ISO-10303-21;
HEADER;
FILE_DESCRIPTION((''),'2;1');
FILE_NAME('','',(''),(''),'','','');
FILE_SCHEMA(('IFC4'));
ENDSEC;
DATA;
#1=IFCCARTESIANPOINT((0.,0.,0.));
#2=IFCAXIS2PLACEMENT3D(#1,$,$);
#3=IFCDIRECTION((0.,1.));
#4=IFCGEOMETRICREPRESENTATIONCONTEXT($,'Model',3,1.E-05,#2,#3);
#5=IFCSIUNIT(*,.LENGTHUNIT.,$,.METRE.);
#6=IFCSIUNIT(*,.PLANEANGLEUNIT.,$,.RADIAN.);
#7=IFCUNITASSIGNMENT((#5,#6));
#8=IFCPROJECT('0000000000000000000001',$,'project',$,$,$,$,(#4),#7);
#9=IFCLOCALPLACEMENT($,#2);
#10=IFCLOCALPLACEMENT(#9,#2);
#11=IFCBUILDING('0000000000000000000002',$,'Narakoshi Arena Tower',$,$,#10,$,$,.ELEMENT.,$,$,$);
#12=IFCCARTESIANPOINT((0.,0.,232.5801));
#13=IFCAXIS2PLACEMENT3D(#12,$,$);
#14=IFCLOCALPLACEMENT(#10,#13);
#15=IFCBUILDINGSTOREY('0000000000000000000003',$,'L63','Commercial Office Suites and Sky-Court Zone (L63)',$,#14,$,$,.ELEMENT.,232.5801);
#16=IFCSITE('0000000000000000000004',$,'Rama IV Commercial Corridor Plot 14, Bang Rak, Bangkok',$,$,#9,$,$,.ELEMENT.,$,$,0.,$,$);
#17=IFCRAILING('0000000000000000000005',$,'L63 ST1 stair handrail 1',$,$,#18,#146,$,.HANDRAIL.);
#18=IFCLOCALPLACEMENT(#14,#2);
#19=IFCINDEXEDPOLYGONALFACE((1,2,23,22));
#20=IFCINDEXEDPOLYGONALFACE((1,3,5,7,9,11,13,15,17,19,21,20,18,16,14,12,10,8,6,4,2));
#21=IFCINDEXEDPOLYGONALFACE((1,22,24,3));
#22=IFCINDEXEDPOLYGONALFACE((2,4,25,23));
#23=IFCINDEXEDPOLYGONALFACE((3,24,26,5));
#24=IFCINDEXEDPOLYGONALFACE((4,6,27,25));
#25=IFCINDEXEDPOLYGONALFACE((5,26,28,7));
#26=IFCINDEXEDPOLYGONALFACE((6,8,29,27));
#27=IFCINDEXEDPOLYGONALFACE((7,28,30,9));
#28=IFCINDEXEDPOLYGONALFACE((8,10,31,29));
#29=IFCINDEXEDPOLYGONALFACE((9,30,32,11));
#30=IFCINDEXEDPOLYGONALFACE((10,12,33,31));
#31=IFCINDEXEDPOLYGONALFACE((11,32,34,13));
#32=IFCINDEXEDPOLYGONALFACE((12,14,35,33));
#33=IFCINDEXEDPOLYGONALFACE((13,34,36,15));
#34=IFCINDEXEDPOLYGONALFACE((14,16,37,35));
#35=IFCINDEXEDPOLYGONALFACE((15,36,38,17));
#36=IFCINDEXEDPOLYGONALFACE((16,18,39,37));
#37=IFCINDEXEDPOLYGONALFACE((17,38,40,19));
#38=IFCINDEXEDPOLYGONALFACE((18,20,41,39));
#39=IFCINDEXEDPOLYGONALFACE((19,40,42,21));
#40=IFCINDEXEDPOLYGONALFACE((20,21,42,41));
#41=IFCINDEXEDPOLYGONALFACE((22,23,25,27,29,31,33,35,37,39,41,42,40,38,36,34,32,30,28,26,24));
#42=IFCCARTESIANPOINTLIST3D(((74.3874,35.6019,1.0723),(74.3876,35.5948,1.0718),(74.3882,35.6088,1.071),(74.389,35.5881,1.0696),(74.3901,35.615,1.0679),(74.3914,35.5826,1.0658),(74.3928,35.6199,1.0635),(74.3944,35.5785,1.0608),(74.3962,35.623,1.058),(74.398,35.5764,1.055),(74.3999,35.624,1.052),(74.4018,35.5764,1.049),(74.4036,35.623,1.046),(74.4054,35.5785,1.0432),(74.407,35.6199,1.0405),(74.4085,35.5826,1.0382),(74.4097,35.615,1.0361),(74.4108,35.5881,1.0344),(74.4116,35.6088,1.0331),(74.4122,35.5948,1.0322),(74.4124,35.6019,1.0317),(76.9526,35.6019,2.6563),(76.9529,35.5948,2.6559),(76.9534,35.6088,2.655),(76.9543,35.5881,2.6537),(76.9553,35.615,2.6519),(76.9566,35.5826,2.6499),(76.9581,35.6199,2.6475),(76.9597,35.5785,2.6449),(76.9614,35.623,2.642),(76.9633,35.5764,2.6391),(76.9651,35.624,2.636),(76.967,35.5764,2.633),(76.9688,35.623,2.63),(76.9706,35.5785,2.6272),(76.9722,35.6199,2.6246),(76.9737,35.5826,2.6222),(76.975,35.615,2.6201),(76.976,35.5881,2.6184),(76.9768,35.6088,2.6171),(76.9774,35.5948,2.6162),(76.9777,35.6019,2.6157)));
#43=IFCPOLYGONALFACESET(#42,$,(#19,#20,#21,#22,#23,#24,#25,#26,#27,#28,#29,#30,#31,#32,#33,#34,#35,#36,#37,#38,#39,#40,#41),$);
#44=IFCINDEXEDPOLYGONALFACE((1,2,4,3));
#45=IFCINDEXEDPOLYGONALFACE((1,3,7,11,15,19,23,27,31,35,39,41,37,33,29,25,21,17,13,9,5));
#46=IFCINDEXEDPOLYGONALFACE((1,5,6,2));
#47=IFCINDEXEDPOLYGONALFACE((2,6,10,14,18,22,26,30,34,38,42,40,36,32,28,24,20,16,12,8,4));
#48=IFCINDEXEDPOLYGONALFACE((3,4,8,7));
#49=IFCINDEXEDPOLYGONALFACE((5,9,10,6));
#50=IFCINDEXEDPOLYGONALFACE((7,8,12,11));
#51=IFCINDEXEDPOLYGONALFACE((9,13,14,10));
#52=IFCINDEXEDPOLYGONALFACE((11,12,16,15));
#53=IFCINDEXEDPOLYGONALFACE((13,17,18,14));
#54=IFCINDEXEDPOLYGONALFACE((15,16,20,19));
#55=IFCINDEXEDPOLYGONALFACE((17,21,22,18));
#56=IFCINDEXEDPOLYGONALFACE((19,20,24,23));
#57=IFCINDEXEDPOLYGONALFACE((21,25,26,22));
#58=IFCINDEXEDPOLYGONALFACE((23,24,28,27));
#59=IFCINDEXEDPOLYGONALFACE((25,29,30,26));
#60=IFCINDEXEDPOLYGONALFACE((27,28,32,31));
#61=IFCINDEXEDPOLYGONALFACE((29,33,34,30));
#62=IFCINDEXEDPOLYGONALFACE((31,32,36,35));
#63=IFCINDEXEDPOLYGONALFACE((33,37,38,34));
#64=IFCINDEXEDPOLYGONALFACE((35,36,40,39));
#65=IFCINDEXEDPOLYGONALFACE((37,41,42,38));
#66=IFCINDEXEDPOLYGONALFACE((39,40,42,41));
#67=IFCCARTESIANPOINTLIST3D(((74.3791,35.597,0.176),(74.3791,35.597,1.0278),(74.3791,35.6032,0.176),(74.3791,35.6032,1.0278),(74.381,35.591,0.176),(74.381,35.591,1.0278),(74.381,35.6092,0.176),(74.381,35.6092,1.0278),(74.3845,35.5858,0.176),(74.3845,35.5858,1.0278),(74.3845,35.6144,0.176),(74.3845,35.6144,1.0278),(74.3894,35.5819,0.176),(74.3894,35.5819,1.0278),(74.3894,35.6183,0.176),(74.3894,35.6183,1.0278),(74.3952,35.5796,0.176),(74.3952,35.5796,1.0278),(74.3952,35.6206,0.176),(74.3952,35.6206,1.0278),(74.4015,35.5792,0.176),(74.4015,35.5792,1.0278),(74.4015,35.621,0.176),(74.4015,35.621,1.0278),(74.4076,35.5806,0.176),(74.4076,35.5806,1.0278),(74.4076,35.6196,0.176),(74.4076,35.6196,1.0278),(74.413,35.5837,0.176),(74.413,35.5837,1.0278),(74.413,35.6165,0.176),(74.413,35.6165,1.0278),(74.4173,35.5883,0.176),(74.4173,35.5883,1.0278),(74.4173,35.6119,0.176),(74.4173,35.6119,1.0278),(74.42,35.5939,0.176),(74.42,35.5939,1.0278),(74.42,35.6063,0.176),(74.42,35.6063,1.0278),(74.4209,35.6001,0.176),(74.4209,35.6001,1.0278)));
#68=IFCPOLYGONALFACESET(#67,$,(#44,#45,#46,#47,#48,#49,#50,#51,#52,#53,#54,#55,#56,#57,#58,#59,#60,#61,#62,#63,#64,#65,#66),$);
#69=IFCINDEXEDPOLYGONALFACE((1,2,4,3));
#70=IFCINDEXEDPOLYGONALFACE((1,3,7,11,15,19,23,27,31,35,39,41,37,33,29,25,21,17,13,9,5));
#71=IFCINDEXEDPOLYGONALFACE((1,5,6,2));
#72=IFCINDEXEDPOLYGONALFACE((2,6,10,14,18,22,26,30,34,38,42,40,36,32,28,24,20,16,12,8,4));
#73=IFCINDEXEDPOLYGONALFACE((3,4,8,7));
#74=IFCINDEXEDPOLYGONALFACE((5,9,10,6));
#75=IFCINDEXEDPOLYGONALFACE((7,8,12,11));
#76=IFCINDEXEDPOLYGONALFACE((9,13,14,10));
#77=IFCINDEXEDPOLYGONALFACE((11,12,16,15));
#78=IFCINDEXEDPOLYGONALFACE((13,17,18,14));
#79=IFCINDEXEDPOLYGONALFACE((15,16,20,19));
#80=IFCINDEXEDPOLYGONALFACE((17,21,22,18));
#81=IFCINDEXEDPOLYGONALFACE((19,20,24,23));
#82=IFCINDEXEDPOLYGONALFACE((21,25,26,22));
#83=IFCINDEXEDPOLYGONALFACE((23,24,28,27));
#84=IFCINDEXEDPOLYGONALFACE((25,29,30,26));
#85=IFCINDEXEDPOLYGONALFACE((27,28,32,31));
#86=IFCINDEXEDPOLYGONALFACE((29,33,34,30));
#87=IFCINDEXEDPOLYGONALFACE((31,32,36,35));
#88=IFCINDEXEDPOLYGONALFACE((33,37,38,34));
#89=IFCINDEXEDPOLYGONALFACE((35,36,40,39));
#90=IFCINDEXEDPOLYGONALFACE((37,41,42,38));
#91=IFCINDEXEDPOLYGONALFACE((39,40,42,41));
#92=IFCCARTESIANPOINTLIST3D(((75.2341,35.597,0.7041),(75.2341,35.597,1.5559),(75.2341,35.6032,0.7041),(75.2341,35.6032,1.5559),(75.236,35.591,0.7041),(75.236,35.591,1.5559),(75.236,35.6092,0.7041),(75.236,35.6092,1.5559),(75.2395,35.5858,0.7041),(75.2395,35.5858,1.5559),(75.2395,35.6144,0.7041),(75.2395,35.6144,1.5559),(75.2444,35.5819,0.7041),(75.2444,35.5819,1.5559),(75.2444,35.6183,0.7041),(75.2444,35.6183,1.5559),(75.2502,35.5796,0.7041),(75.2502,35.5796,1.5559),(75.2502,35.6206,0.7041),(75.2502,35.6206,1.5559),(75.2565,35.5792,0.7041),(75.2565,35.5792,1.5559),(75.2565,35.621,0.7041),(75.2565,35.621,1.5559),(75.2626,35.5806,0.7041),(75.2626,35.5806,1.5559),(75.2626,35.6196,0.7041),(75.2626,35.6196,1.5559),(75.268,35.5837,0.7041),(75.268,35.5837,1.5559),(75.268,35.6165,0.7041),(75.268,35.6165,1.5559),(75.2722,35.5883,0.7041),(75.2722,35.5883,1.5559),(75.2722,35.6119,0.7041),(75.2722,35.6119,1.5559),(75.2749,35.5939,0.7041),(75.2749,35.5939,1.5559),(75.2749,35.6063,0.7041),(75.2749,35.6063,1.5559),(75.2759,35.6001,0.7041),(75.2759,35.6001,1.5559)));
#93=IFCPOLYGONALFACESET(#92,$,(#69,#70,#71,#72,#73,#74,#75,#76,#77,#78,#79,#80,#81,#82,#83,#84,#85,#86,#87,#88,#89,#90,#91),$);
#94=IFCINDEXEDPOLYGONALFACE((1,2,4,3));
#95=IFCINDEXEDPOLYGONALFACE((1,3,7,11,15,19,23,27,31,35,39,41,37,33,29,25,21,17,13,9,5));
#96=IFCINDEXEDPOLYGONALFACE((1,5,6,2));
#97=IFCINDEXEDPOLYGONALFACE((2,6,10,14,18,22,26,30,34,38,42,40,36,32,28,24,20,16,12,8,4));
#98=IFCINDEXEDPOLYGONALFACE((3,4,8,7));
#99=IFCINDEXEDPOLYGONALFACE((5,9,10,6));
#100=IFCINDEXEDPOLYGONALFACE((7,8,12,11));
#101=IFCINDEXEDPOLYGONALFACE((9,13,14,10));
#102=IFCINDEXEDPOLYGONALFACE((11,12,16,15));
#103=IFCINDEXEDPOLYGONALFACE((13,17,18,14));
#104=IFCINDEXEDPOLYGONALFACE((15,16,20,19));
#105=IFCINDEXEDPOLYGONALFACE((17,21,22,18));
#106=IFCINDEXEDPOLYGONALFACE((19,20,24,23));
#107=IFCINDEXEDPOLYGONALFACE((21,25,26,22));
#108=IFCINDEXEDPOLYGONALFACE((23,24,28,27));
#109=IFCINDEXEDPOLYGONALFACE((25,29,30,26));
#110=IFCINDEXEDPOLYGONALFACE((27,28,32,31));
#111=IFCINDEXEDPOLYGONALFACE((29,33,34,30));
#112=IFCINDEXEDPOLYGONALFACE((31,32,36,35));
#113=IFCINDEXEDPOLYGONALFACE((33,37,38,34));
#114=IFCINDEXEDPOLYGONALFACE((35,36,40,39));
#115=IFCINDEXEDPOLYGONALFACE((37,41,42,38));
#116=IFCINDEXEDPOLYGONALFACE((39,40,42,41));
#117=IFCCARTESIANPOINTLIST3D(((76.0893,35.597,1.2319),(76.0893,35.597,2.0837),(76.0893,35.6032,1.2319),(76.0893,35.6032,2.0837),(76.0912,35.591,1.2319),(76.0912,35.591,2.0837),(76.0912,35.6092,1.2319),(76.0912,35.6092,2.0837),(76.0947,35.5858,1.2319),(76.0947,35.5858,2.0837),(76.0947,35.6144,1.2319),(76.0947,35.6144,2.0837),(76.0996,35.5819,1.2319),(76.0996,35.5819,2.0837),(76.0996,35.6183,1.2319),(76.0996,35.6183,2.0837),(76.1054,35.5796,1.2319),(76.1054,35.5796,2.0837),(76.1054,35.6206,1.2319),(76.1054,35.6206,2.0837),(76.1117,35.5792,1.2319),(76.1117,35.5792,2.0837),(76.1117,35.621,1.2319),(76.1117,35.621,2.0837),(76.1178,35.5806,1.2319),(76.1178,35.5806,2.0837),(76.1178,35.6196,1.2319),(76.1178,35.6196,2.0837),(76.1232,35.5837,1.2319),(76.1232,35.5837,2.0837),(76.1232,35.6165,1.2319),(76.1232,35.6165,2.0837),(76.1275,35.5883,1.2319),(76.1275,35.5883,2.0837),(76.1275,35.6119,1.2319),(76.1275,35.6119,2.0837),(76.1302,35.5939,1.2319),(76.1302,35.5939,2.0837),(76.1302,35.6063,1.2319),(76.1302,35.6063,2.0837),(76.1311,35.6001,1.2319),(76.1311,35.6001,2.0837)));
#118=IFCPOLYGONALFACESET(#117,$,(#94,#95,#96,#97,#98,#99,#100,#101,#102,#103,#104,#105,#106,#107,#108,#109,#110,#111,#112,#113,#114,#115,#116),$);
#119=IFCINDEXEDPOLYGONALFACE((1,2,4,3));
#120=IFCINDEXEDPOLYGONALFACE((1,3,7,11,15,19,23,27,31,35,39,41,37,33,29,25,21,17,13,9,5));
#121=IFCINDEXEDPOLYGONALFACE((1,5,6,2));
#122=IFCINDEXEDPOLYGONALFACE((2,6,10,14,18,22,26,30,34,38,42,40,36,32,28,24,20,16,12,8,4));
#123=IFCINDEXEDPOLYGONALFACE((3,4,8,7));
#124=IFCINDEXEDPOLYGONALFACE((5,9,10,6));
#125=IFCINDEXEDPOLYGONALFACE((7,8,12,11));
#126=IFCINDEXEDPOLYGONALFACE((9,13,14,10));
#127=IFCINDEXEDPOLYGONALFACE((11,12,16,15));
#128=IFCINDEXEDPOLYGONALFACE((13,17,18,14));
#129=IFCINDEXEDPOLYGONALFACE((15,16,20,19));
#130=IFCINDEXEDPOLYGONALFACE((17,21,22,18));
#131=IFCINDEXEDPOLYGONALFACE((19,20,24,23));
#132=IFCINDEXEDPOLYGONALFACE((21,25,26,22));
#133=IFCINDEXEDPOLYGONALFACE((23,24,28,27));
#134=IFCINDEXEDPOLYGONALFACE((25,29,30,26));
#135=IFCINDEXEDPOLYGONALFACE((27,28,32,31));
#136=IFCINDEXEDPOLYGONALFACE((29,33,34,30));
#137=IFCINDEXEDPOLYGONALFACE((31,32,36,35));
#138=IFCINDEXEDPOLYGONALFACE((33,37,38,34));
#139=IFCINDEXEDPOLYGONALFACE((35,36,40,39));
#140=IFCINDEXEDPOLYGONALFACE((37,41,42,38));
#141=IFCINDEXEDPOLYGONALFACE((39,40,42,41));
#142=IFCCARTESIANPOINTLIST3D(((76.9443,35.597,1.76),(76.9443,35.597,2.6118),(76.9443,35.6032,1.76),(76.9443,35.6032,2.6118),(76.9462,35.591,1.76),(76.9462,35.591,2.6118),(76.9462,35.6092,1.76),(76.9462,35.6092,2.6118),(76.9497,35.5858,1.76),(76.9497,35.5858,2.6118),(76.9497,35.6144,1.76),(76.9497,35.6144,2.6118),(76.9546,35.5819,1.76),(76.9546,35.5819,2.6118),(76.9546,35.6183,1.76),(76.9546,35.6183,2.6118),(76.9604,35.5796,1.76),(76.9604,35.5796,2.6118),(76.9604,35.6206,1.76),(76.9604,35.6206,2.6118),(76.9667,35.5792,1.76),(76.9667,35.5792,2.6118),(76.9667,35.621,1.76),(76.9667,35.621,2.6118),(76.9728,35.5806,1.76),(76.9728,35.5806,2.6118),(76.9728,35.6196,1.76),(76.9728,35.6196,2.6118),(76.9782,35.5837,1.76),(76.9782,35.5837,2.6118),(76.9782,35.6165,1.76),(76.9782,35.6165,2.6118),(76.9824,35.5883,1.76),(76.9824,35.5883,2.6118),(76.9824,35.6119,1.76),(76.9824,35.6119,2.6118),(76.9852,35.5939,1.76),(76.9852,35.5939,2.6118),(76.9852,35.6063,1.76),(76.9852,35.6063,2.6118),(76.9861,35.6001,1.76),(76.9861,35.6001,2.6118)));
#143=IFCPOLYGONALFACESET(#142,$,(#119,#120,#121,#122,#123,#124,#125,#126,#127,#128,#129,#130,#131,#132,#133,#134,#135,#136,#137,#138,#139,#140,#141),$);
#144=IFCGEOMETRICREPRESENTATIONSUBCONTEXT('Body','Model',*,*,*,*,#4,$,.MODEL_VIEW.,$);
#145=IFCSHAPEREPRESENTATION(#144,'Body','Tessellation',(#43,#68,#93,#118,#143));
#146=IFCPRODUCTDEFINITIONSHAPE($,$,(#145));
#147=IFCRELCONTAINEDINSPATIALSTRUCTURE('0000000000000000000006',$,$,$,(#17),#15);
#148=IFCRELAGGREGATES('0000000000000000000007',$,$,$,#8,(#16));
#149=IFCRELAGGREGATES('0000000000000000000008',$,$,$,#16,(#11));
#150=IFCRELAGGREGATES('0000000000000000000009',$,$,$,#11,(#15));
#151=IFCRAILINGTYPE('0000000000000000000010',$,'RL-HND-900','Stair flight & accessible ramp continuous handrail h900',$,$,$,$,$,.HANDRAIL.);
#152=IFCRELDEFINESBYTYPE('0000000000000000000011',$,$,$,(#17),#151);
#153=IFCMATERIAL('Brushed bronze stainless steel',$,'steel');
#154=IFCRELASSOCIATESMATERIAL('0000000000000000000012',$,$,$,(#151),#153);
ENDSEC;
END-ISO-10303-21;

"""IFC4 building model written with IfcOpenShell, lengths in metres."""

from ifc_helpers import new_model, si_unit, direction, frame, origin, origin_2d, place, context, subcontext, project, spatial, circle, extrude, material, type_object, element, save


model = new_model("IFC4")

# Units and contexts
model_context = context("Model", 3, precision=1e-05, world=origin(), true_north=direction((0.0, 1.0)))
body_context = subcontext(model_context, "Body", "Model", "MODEL_VIEW")
ifc_project = project(units=[si_unit("LENGTHUNIT", "METRE"), si_unit("PLANEANGLEUNIT", "RADIAN")], contexts=[model_context])

# Site, building, storey
site_placement = place(None, origin())
site = spatial("IfcSite", under=ifc_project, at=site_placement, Name="Rama IV Commercial Corridor Plot 14, Bang Rak, Bangkok", CompositionType="ELEMENT", RefElevation=0.0)
building_placement = place(site_placement, origin())
building = spatial("IfcBuilding", under=site, at=building_placement, Name="Narakoshi Arena Tower", CompositionType="ELEMENT")
storey_placement = place(building_placement, frame((0.0, 0.0, 232.5801)))
storey = spatial("IfcBuildingStorey", under=building, at=storey_placement, Name="L63", Description="Commercial Office Suites and Sky-Court Zone (L63)", CompositionType="ELEMENT", Elevation=232.5801)

# Railing
ifc_material_1 = material(Name="Brushed bronze stainless steel", Category="steel")
railing_type_1 = type_object("IfcRailingType", Name="RL-HND-900", Description="Stair flight & accessible ramp continuous handrail h900", PredefinedType="HANDRAIL", material=ifc_material_1)
railing_1_placement = place(storey_placement, frame((74.3999, 35.6001, 0.176)))
element("IfcRailing", 1, at=railing_1_placement, inside=storey, type_object=railing_type_1, Name="L63 ST1 stair handrail 1", PredefinedType="HANDRAIL", context=body_context, shape_type="SweptSolid", body=[
    extrude(circle(Radius=0.0239, at=origin_2d()), frame((0.0, 0.0, 0.876), z_axis=(0.850857, 0.0, 0.525398), x_axis=(0.0, 1.0, 0.0)), (0.0, 0.0, 1.0), 3.0149),
    extrude(circle(Radius=0.021, at=origin_2d()), origin(), (0.0, 0.0, 1.0), 0.8518),
    extrude(circle(Radius=0.021, at=origin_2d()), frame((0.855, 0.0, 0.5281)), (0.0, 0.0, 1.0), 0.8518),
    extrude(circle(Radius=0.021, at=origin_2d()), frame((1.7102, 0.0, 1.0559)), (0.0, 0.0, 1.0), 0.8518),
    extrude(circle(Radius=0.021, at=origin_2d()), frame((2.5652, 0.0, 1.584)), (0.0, 0.0, 1.0), 0.8518),
])

save(model, "model.ifc")
